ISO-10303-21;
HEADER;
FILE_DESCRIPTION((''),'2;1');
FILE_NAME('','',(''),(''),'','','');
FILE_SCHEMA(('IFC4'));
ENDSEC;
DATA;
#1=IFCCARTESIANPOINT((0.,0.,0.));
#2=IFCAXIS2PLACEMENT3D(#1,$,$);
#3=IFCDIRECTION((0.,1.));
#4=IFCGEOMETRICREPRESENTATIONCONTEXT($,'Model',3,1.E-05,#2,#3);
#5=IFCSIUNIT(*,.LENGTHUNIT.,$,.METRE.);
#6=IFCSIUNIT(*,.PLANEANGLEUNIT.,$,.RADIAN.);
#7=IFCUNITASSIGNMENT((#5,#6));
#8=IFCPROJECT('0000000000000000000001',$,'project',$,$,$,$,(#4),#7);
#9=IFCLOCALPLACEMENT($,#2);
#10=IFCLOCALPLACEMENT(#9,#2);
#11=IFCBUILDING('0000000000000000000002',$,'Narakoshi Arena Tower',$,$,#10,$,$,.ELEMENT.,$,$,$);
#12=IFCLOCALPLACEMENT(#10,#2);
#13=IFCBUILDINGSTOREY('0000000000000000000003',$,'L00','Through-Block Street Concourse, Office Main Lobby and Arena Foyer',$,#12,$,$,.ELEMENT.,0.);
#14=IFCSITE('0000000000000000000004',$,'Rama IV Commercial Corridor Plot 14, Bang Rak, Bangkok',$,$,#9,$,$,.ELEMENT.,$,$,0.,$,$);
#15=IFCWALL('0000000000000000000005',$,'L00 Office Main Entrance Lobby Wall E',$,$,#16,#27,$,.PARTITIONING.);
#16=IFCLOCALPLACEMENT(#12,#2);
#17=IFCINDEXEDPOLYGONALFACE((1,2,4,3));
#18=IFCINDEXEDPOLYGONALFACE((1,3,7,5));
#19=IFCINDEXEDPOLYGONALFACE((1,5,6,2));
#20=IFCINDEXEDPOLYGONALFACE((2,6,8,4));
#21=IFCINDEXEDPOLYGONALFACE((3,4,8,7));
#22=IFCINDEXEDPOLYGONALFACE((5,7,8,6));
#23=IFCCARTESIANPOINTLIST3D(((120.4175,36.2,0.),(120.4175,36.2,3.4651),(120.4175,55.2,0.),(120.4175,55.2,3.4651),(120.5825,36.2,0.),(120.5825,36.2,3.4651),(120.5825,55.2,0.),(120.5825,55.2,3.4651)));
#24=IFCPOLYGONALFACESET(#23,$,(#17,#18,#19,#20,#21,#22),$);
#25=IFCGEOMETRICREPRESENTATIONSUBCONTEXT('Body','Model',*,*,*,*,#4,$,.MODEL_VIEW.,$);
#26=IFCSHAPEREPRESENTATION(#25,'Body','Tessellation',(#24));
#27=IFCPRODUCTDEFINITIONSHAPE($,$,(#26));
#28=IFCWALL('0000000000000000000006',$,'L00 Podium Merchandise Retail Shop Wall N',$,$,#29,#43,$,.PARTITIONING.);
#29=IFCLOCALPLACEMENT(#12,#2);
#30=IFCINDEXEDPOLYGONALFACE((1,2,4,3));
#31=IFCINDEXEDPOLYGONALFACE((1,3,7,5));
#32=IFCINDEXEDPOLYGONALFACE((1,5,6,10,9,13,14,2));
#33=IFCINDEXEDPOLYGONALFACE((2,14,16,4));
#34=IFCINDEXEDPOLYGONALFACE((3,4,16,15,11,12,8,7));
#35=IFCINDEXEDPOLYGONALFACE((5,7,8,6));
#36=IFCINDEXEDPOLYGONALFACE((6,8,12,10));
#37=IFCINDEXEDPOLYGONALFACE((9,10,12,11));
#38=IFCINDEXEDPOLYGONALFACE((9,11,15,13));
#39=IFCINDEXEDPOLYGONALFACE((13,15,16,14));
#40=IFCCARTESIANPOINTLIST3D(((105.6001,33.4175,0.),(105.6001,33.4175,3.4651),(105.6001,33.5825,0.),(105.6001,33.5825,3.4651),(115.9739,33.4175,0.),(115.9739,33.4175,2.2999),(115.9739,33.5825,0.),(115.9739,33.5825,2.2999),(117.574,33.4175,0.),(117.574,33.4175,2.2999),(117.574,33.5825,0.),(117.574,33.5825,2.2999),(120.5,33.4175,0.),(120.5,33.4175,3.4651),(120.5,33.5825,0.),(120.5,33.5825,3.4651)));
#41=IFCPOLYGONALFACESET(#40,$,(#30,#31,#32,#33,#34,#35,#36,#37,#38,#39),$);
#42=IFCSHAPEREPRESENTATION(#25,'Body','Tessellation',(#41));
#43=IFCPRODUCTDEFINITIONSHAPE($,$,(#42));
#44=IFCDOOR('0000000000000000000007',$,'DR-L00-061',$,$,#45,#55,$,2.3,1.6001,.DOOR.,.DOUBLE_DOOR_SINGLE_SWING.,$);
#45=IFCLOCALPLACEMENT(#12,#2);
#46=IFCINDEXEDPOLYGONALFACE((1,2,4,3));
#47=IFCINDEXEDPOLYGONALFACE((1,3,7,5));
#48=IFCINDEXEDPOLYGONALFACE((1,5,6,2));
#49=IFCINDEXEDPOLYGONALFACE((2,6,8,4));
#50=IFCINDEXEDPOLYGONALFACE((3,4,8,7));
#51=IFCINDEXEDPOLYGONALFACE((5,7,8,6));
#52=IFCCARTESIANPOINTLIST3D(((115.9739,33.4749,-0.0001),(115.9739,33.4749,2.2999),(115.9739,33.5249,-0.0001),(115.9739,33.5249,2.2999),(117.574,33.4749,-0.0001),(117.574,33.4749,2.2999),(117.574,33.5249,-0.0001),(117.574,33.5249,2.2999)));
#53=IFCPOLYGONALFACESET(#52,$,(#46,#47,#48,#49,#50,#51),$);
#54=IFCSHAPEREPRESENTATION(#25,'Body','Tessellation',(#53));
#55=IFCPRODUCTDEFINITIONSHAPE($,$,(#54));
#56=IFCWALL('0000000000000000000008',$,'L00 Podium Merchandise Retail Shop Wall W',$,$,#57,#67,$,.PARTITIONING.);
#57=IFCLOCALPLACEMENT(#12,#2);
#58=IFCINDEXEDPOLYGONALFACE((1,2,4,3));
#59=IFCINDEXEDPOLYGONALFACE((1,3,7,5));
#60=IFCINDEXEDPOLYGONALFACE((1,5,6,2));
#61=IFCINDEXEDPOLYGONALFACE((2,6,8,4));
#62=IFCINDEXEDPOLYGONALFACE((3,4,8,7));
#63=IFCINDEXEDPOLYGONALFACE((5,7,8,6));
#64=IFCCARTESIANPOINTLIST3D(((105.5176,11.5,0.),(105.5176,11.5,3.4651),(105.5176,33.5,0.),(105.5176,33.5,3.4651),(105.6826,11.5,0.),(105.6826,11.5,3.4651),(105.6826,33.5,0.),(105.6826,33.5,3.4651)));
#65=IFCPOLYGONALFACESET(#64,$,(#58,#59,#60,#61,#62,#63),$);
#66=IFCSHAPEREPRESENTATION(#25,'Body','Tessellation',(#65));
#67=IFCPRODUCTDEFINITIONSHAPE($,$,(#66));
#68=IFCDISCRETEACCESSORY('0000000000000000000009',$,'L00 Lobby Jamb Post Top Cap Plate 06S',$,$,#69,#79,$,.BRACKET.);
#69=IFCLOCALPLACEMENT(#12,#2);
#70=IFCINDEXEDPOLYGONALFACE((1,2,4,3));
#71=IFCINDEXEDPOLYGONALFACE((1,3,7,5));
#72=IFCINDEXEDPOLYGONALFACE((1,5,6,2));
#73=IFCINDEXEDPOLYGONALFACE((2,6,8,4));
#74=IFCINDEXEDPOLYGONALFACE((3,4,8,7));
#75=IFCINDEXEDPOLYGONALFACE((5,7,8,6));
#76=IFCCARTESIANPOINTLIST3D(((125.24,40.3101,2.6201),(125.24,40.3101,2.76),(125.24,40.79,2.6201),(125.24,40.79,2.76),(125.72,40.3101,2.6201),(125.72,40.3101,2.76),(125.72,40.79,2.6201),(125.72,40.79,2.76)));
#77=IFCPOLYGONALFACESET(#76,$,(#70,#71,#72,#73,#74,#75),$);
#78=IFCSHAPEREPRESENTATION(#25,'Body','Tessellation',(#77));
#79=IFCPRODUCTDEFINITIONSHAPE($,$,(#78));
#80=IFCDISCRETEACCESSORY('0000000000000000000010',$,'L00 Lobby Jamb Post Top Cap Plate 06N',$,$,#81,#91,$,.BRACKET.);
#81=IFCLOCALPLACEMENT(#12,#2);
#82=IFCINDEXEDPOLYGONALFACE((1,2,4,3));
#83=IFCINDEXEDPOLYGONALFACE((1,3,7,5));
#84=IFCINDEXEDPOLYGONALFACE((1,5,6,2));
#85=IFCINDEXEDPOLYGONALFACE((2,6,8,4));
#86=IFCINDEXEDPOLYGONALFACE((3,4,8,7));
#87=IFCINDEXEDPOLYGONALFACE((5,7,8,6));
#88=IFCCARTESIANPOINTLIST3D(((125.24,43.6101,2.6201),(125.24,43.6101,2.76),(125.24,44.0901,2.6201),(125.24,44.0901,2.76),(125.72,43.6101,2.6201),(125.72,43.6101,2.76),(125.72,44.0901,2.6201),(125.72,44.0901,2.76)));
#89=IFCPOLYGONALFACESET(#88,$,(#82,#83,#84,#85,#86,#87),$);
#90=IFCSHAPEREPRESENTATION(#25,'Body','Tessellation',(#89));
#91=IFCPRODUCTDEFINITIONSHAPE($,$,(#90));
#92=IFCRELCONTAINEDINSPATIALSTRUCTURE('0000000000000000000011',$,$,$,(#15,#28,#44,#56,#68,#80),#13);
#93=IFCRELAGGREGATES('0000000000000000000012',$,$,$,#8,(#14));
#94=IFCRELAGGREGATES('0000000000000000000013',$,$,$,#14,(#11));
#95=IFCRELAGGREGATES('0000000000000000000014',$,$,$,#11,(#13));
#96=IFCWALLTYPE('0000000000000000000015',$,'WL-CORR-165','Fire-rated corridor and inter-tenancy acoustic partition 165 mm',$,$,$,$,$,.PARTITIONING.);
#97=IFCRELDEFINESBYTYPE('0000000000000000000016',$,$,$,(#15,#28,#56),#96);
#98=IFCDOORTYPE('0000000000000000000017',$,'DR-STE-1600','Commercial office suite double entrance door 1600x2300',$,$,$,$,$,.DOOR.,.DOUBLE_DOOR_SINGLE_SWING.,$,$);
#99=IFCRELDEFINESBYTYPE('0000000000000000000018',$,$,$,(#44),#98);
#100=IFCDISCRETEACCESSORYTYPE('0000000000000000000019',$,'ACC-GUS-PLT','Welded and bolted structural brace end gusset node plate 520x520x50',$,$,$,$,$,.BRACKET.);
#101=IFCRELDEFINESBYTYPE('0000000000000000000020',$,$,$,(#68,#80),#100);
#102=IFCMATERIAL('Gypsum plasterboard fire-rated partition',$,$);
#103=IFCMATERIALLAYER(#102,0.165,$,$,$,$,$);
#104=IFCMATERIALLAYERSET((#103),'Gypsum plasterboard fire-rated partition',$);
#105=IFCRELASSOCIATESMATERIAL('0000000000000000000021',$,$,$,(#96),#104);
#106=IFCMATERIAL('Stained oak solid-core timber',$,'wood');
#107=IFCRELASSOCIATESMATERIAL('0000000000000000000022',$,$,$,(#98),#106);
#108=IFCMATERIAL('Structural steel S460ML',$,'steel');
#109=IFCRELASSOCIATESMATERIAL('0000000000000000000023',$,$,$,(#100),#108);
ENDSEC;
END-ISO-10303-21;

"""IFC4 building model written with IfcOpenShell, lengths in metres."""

from ifc_helpers import new_model, si_unit, direction, frame, frame_2d, origin, origin_2d, place, context, subcontext, project, spatial, rectangle, extrude, material, layer, layer_set, type_object, element, fill, save


model = new_model("IFC4")

# Units and contexts
model_context = context("Model", 3, precision=1e-05, world=origin(), true_north=direction((0.0, 1.0)))
body_context = subcontext(model_context, "Body", "Model", "MODEL_VIEW")
ifc_project = project(units=[si_unit("LENGTHUNIT", "METRE"), si_unit("PLANEANGLEUNIT", "RADIAN")], contexts=[model_context])

# Site, building, storey
site_placement = place(None, origin())
site = spatial("IfcSite", under=ifc_project, at=site_placement, Name="Rama IV Commercial Corridor Plot 14, Bang Rak, Bangkok", CompositionType="ELEMENT", RefElevation=0.0)
building_placement = place(site_placement, origin())
building = spatial("IfcBuilding", under=site, at=building_placement, Name="Narakoshi Arena Tower", CompositionType="ELEMENT")
storey_placement = place(building_placement, origin())
storey = spatial("IfcBuildingStorey", under=building, at=storey_placement, Name="L00", Description="Through-Block Street Concourse, Office Main Lobby and Arena Foyer", CompositionType="ELEMENT", Elevation=0.0)

# Wall
ifc_material_1 = material(Name="Gypsum plasterboard fire-rated partition")
ifc_layer = layer(ifc_material_1, 0.165)
ifc_layer_set = layer_set([ifc_layer], Name="Gypsum plasterboard fire-rated partition")
wall_type = type_object("IfcWallType", Name="WL-CORR-165", Description="Fire-rated corridor and inter-tenancy acoustic partition 165 mm", PredefinedType="PARTITIONING", material=ifc_layer_set)
wall_1_placement = place(storey_placement, frame((120.5, 36.2, 0.0), z_axis=(0.0, 0.0, 1.0), x_axis=(0.0, 1.0, 0.0)))
element("IfcWall", 1, at=wall_1_placement, inside=storey, type_object=wall_type, Name="L00 Office Main Entrance Lobby Wall E", PredefinedType="PARTITIONING", context=body_context, shape_type="SweptSolid", body=[
    extrude(rectangle(XDim=19.0, YDim=0.165, at=frame_2d((9.5, 0.0))), origin(), (0.0, 0.0, 1.0), 3.4651),
])

# Wall, opening, door
wall_2_placement = place(storey_placement, frame((120.5, 33.5, 0.0), z_axis=(0.0, 0.0, 1.0), x_axis=(-1.0, 0.0, 0.0)))
wall_2 = element("IfcWall", 2, at=wall_2_placement, inside=storey, type_object=wall_type, Name="L00 Podium Merchandise Retail Shop Wall N", PredefinedType="PARTITIONING", context=body_context, shape_type="SweptSolid", body=[
    extrude(rectangle(XDim=14.8999, YDim=0.165, at=frame_2d((7.45, 0.0))), origin(), (0.0, 0.0, 1.0), 3.4651),
])
opening_placement = place(wall_2_placement, frame((2.926, 0.0, 0.0)))
opening = element("IfcOpeningElement", 3, at=opening_placement, cuts=wall_2, PredefinedType="OPENING", context=body_context, shape_type="SweptSolid", body=[
    extrude(rectangle(XDim=1.6001, YDim=2.3, at=frame_2d((0.8, 1.1499))), frame((0.0, 0.0925, 0.0), z_axis=(0.0, -1.0, 0.0), x_axis=(1.0, 0.0, 0.0)), (0.0, 0.0, 1.0), 0.1851),
])
ifc_material_2 = material(Name="Stained oak solid-core timber", Category="wood")
door_type = type_object("IfcDoorType", Name="DR-STE-1600", Description="Commercial office suite double entrance door 1600x2300", OperationType="DOUBLE_DOOR_SINGLE_SWING", PredefinedType="DOOR", material=ifc_material_2)
door_placement = place(opening_placement, frame((1.6001, 0.0, 0.0), z_axis=(0.0, 0.0, 1.0), x_axis=(-1.0, 0.0, 0.0)))
door = element("IfcDoor", 4, at=door_placement, inside=storey, type_object=door_type, Name="DR-L00-061", OperationType="DOUBLE_DOOR_SINGLE_SWING", OverallHeight=2.3, OverallWidth=1.6001, PredefinedType="DOOR", context=body_context, shape_type="SweptSolid", body=[
    extrude(rectangle(XDim=1.6001, YDim=2.3, at=frame_2d((0.8, 1.1499))), frame((0.0, 0.0249, 0.0), z_axis=(0.0, -1.0, 0.0), x_axis=(1.0, 0.0, 0.0)), (0.0, 0.0, 1.0), 0.05),
])
fill(opening, door)

# Wall
wall_3_placement = place(storey_placement, frame((105.6001, 33.5, 0.0), z_axis=(0.0, 0.0, 1.0), x_axis=(0.0, -1.0, 0.0)))
element("IfcWall", 5, at=wall_3_placement, inside=storey, type_object=wall_type, Name="L00 Podium Merchandise Retail Shop Wall W", PredefinedType="PARTITIONING", context=body_context, shape_type="SweptSolid", body=[
    extrude(rectangle(XDim=22.0, YDim=0.165, at=frame_2d((11.0, 0.0))), origin(), (0.0, 0.0, 1.0), 3.4651),
])

# Discrete accessories
ifc_material_3 = material(Name="Structural steel S460ML", Category="steel")
discrete_accessory_type = type_object("IfcDiscreteAccessoryType", Name="ACC-GUS-PLT", Description="Welded and bolted structural brace end gusset node plate 520x520x50", PredefinedType="BRACKET", material=ifc_material_3)
for number, where, z_axis, x_axis, name in (
    (6, (125.48, 40.55, 2.6201), (0.0, 0.0, 1.0), (1.0, 0.0, 0.0), "L00 Lobby Jamb Post Top Cap Plate 06S"),
    (7, (125.48, 43.8501, 2.6201), (0.0, 0.0, 1.0), (1.0, 0.0, 0.0), "L00 Lobby Jamb Post Top Cap Plate 06N"),
):
    element("IfcDiscreteAccessory", number, at=place(storey_placement, frame(where, z_axis=z_axis, x_axis=x_axis)), inside=storey, type_object=discrete_accessory_type, Name=name, PredefinedType="BRACKET", context=body_context, shape_type="SweptSolid", body=[
        extrude(rectangle(XDim=0.48, YDim=0.48, at=origin_2d()), origin(), (0.0, 0.0, 1.0), 0.1399),
    ])

save(model, "model.ifc")
